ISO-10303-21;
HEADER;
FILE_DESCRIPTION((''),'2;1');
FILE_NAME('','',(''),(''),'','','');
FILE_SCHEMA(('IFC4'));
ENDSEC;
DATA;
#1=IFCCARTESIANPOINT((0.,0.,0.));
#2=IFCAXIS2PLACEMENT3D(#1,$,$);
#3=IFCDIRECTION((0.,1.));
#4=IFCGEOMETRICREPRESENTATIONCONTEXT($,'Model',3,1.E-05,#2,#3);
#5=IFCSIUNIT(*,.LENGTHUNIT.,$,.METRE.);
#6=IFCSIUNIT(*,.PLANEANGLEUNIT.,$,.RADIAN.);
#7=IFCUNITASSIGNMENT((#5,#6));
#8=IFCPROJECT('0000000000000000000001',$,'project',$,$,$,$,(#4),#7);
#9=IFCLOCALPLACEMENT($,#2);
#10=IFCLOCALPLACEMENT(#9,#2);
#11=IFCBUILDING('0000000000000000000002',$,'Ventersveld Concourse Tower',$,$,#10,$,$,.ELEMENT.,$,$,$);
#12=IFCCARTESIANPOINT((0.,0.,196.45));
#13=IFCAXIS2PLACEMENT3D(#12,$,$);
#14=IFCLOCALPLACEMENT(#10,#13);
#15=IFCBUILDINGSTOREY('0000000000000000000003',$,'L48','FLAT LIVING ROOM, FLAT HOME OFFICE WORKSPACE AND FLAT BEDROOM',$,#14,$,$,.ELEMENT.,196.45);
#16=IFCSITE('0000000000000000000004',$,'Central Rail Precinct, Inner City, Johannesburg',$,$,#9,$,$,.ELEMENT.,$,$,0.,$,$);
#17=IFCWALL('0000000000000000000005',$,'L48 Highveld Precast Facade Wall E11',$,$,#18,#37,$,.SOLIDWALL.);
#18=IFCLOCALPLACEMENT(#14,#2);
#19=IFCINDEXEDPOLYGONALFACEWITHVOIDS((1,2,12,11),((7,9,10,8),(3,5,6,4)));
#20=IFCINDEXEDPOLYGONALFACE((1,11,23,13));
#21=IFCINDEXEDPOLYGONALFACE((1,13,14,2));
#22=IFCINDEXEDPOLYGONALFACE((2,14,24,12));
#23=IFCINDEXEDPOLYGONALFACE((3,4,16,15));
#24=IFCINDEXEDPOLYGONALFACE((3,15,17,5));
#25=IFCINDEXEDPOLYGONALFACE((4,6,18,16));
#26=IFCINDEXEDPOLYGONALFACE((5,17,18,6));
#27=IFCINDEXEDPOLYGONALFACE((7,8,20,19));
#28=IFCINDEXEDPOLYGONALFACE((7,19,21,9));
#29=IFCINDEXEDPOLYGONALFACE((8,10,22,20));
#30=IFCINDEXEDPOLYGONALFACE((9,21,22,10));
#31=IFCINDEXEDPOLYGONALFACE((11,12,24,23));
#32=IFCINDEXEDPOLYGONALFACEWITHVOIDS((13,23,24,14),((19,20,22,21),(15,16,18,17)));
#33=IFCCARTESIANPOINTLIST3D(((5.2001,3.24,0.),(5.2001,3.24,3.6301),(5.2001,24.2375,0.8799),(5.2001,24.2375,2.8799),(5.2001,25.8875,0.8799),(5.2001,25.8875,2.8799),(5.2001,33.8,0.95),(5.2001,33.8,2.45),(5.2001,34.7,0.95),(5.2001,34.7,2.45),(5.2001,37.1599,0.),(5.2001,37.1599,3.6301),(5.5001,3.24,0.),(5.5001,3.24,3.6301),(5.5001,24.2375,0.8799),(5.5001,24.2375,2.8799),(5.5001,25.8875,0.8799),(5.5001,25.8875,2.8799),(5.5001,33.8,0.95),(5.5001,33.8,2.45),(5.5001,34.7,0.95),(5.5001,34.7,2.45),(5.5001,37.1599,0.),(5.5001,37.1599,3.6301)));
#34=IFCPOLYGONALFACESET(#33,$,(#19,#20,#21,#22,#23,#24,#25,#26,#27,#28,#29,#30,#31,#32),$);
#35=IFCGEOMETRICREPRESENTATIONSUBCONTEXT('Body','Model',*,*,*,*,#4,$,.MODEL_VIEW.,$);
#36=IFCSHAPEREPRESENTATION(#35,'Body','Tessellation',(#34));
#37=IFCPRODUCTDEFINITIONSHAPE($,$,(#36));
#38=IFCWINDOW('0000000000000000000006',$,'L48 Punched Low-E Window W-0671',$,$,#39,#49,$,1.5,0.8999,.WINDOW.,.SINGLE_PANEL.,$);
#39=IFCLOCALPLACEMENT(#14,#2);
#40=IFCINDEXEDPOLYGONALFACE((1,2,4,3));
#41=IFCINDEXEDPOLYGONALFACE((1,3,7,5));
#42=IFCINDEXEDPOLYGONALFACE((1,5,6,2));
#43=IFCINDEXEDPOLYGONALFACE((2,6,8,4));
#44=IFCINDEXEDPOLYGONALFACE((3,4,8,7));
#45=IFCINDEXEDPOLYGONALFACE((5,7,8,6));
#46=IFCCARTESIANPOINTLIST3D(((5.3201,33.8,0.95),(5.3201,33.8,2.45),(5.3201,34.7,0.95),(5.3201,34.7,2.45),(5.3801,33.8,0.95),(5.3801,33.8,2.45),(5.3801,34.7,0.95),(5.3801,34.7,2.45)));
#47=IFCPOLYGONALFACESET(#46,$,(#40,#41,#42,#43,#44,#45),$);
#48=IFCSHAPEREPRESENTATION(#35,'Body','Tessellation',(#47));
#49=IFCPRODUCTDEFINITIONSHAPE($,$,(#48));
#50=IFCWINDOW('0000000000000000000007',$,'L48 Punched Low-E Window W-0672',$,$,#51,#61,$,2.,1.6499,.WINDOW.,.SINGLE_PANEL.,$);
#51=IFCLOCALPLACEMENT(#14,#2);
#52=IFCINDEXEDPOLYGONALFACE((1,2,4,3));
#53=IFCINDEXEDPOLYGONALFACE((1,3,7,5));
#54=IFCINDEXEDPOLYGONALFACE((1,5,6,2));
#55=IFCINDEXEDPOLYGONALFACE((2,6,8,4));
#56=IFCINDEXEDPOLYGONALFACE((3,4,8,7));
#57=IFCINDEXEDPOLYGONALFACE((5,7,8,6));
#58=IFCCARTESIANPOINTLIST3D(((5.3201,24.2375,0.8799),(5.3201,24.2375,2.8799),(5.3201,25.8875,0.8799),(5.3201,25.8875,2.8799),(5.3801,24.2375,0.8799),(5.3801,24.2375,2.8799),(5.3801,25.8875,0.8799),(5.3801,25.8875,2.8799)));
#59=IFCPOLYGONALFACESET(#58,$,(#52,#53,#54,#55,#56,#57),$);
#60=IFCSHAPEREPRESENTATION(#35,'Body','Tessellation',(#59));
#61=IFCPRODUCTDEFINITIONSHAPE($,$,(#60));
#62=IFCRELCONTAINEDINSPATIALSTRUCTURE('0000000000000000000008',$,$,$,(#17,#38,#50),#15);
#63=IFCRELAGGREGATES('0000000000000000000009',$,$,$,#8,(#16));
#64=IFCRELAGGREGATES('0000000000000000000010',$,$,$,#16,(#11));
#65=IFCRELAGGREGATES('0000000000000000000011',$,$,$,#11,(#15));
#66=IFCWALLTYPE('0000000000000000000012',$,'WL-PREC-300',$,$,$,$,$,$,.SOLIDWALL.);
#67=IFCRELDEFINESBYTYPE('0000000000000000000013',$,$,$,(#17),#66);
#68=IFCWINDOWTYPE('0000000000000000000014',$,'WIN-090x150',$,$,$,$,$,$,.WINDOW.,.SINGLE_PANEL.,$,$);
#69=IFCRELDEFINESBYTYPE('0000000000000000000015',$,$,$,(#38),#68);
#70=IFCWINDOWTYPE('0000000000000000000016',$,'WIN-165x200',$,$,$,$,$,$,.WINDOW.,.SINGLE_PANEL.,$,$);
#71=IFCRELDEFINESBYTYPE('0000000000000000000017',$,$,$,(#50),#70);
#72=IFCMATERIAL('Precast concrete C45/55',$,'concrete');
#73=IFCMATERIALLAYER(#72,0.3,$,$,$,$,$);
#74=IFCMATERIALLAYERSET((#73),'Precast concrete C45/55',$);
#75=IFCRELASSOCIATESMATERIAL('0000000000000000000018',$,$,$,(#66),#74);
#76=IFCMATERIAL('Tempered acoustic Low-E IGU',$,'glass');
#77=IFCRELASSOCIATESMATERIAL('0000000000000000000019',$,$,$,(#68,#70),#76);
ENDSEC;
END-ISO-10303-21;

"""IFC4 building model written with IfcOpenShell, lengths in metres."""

from ifc_helpers import new_model, si_unit, direction, frame, frame_2d, origin, place, context, subcontext, project, spatial, rectangle, extrude, material, layer, layer_set, type_object, element, fill, save


model = new_model("IFC4")

# Units and contexts
model_context = context("Model", 3, precision=1e-05, world=origin(), true_north=direction((0.0, 1.0)))
body_context = subcontext(model_context, "Body", "Model", "MODEL_VIEW")
ifc_project = project(units=[si_unit("LENGTHUNIT", "METRE"), si_unit("PLANEANGLEUNIT", "RADIAN")], contexts=[model_context])

# Site, building, storey
site_placement = place(None, origin())
site = spatial("IfcSite", under=ifc_project, at=site_placement, Name="Central Rail Precinct, Inner City, Johannesburg", CompositionType="ELEMENT", RefElevation=0.0)
building_placement = place(site_placement, origin())
building = spatial("IfcBuilding", under=site, at=building_placement, Name="Ventersveld Concourse Tower", CompositionType="ELEMENT")
storey_placement = place(building_placement, frame((0.0, 0.0, 196.45)))
storey = spatial("IfcBuildingStorey", under=building, at=storey_placement, Name="L48", Description="FLAT LIVING ROOM, FLAT HOME OFFICE WORKSPACE AND FLAT BEDROOM", CompositionType="ELEMENT", Elevation=196.45)

# Shared definitions
ifc_material_1 = material(Name="Precast concrete C45/55", Category="concrete")

# Shared definitions
ifc_layer_1 = layer(ifc_material_1, 0.3)
ifc_layer_set_1 = layer_set([ifc_layer_1], Name="Precast concrete C45/55")
wall_type_1 = type_object("IfcWallType", Name="WL-PREC-300", PredefinedType="SOLIDWALL", material=ifc_layer_set_1)

# Wall, openings, windows
wall_1_placement = place(storey_placement, frame((5.3501, 37.1599, 0.0), z_axis=(0.0, 0.0, 1.0), x_axis=(0.0, -1.0, 0.0)))
wall_1 = element("IfcWall", 1, at=wall_1_placement, inside=storey, type_object=wall_type_1, Name="L48 Highveld Precast Facade Wall E11", PredefinedType="SOLIDWALL", context=body_context, shape_type="SweptSolid", body=[
    extrude(rectangle(XDim=33.9199, YDim=0.3, at=frame_2d((16.96, 0.0))), origin(), (0.0, 0.0, 1.0), 3.6301),
])
opening_1_placement = place(wall_1_placement, frame((2.46, 0.0, 0.95)))
opening_1 = element("IfcOpeningElement", 2, at=opening_1_placement, cuts=wall_1, PredefinedType="OPENING", context=body_context, shape_type="SweptSolid", body=[
    extrude(rectangle(XDim=0.8999, YDim=1.5, at=frame_2d((0.45, 0.75))), frame((0.0, 0.1602, 0.0), z_axis=(0.0, -1.0, 0.0), x_axis=(1.0, 0.0, 0.0)), (0.0, 0.0, 1.0), 0.3201),
])
opening_2_placement = place(wall_1_placement, frame((11.2725, 0.0, 0.8799)))
opening_2 = element("IfcOpeningElement", 3, at=opening_2_placement, cuts=wall_1, PredefinedType="OPENING", context=body_context, shape_type="SweptSolid", body=[
    extrude(rectangle(XDim=1.6499, YDim=2.0, at=frame_2d((0.825, 1.0))), frame((0.0, 0.1602, 0.0), z_axis=(0.0, -1.0, 0.0), x_axis=(1.0, 0.0, 0.0)), (0.0, 0.0, 1.0), 0.3201),
])
ifc_material_2 = material(Name="Tempered acoustic Low-E IGU", Category="glass")
window_type_1 = type_object("IfcWindowType", Name="WIN-090x150", PartitioningType="SINGLE_PANEL", PredefinedType="WINDOW", material=ifc_material_2)
window_1_placement = place(opening_1_placement, origin())
window_1 = element("IfcWindow", 4, at=window_1_placement, inside=storey, type_object=window_type_1, Name="L48 Punched Low-E Window W-0671", OverallHeight=1.5, OverallWidth=0.8999, PartitioningType="SINGLE_PANEL", PredefinedType="WINDOW", context=body_context, shape_type="SweptSolid", body=[
    extrude(rectangle(XDim=0.8999, YDim=1.5, at=frame_2d((0.45, 0.75))), frame((0.0, 0.03, 0.0), z_axis=(0.0, -1.0, 0.0), x_axis=(1.0, 0.0, 0.0)), (0.0, 0.0, 1.0), 0.0601),
])
fill(opening_1, window_1)
window_type_2 = type_object("IfcWindowType", Name="WIN-165x200", PartitioningType="SINGLE_PANEL", PredefinedType="WINDOW", material=ifc_material_2)
window_2_placement = place(opening_2_placement, origin())
window_2 = element("IfcWindow", 5, at=window_2_placement, inside=storey, type_object=window_type_2, Name="L48 Punched Low-E Window W-0672", OverallHeight=2.0, OverallWidth=1.6499, PartitioningType="SINGLE_PANEL", PredefinedType="WINDOW", context=body_context, shape_type="SweptSolid", body=[
    extrude(rectangle(XDim=1.6499, YDim=2.0, at=frame_2d((0.825, 1.0))), frame((0.0, 0.03, 0.0), z_axis=(0.0, -1.0, 0.0), x_axis=(1.0, 0.0, 0.0)), (0.0, 0.0, 1.0), 0.0601),
])
fill(opening_2, window_2)

save(model, "model.ifc")
